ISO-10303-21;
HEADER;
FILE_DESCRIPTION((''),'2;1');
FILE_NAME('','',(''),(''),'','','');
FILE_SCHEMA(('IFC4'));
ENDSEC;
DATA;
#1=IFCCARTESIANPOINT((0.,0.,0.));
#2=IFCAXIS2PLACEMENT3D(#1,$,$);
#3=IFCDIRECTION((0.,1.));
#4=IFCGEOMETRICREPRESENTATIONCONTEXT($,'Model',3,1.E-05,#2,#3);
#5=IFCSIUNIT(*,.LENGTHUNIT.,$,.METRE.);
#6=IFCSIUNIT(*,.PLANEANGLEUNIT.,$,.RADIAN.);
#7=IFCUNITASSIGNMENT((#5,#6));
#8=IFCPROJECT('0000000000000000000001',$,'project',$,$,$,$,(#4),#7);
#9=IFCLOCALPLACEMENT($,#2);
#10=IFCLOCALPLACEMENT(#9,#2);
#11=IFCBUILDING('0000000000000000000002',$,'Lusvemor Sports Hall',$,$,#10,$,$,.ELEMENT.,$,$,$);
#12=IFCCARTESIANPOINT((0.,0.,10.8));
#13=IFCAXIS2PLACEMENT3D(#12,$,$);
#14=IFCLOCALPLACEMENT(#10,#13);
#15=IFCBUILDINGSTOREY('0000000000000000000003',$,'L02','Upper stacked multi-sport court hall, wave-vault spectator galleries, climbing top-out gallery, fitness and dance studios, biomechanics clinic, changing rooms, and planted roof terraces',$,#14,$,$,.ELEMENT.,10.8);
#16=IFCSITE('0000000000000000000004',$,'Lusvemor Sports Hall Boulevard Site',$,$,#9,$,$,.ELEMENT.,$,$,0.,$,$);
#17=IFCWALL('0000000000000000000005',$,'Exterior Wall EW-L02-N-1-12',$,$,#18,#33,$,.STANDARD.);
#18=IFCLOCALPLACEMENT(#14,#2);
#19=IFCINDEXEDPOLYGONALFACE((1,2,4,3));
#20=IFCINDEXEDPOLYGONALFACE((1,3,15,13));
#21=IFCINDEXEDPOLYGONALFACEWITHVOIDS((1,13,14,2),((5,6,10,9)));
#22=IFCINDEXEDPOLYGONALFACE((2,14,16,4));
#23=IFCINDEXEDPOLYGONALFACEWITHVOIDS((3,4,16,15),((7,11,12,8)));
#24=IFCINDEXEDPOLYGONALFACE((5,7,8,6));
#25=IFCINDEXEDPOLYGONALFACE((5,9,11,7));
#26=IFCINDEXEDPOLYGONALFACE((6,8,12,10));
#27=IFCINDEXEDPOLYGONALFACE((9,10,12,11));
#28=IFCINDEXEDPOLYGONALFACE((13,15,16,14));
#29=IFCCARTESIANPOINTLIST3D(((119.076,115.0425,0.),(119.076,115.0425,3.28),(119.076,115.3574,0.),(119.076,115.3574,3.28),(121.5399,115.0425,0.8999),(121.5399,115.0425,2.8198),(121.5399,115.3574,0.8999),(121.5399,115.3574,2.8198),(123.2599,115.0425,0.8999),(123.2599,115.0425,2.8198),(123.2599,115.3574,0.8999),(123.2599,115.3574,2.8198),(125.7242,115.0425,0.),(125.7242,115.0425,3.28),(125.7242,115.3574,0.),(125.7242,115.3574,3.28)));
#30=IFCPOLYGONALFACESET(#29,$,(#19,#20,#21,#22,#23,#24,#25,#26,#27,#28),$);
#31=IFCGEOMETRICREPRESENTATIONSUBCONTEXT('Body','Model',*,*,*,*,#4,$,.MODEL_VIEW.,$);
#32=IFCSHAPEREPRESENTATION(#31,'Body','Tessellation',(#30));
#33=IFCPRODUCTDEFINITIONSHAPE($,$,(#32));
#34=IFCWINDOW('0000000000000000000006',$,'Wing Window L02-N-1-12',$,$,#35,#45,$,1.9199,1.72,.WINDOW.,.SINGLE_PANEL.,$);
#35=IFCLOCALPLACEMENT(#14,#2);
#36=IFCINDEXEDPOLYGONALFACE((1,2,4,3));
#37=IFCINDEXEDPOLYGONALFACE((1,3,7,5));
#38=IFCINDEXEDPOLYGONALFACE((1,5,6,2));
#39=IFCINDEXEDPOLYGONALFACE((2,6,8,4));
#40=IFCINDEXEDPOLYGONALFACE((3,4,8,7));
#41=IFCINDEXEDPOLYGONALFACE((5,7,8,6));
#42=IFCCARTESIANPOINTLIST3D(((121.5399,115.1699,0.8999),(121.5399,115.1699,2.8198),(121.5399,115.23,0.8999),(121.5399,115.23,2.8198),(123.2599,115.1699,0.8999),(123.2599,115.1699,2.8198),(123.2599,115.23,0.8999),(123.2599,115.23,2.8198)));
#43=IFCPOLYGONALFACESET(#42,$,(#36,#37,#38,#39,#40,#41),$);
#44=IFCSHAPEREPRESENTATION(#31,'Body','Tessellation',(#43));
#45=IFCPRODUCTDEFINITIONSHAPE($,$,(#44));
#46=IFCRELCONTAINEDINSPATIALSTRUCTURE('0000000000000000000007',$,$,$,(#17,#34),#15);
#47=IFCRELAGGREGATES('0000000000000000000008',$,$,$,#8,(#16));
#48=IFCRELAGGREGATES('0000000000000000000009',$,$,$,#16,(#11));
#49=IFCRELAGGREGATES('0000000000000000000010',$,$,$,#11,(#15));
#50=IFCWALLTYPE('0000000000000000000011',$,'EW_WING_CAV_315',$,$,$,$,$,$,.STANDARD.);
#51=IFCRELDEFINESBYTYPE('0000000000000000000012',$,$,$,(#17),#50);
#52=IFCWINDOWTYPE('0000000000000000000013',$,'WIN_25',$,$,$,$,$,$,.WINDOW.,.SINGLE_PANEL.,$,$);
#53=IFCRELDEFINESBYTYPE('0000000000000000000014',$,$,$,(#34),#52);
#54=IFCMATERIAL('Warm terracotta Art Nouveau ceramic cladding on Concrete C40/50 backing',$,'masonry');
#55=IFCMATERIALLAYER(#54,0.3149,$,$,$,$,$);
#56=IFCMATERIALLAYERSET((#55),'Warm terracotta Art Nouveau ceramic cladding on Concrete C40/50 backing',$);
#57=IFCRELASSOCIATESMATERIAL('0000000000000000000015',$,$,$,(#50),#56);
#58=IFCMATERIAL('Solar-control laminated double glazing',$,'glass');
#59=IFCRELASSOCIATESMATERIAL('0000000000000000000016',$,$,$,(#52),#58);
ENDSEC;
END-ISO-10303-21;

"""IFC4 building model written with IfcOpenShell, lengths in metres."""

from ifc_helpers import new_model, si_unit, direction, frame, frame_2d, origin, place, context, subcontext, project, spatial, rectangle, extrude, material, layer, layer_set, type_object, element, fill, save


model = new_model("IFC4")

# Units and contexts
model_context = context("Model", 3, precision=1e-05, world=origin(), true_north=direction((0.0, 1.0)))
body_context = subcontext(model_context, "Body", "Model", "MODEL_VIEW")
ifc_project = project(units=[si_unit("LENGTHUNIT", "METRE"), si_unit("PLANEANGLEUNIT", "RADIAN")], contexts=[model_context])

# Site, building, storey
site_placement = place(None, origin())
site = spatial("IfcSite", under=ifc_project, at=site_placement, Name="Lusvemor Sports Hall Boulevard Site", CompositionType="ELEMENT", RefElevation=0.0)
building_placement = place(site_placement, origin())
building = spatial("IfcBuilding", under=site, at=building_placement, Name="Lusvemor Sports Hall", CompositionType="ELEMENT")
storey_placement = place(building_placement, frame((0.0, 0.0, 10.8)))
storey = spatial("IfcBuildingStorey", under=building, at=storey_placement, Name="L02", Description="Upper stacked multi-sport court hall, wave-vault spectator galleries, climbing top-out gallery, fitness and dance studios, biomechanics clinic, changing rooms, and planted roof terraces", CompositionType="ELEMENT", Elevation=10.8)

# Wall, opening, window
ifc_material_1 = material(Name="Warm terracotta Art Nouveau ceramic cladding on Concrete C40/50 backing", Category="masonry")
ifc_layer_1 = layer(ifc_material_1, 0.3149)
ifc_layer_set_1 = layer_set([ifc_layer_1], Name="Warm terracotta Art Nouveau ceramic cladding on Concrete C40/50 backing")
wall_type = type_object("IfcWallType", Name="EW_WING_CAV_315", PredefinedType="STANDARD", material=ifc_layer_set_1)
wall_placement = place(storey_placement, frame((119.0759, 115.2, 0.0), z_axis=(0.0, 0.0, 1.0), x_axis=(1.0, 0.0, 0.0)))
wall = element("IfcWall", 1, at=wall_placement, inside=storey, type_object=wall_type, Name="Exterior Wall EW-L02-N-1-12", PredefinedType="STANDARD", context=body_context, shape_type="SweptSolid", body=[
    extrude(rectangle(XDim=6.6482, YDim=0.3149, at=frame_2d((3.3242, 0.0))), origin(), (0.0, 0.0, 1.0), 3.28),
])
opening_placement = place(wall_placement, frame((2.4641, 0.0, 0.8999)))
opening = element("IfcOpeningElement", 2, at=opening_placement, cuts=wall, PredefinedType="OPENING", context=body_context, shape_type="SweptSolid", body=[
    extrude(rectangle(XDim=1.72, YDim=1.9199, at=frame_2d((0.8599, 0.96))), frame((0.0, 0.1575, 0.0), z_axis=(0.0, -1.0, 0.0), x_axis=(1.0, 0.0, 0.0)), (0.0, 0.0, 1.0), 0.3149),
])
ifc_material_2 = material(Name="Solar-control laminated double glazing", Category="glass")
window_type = type_object("IfcWindowType", Name="WIN_25", PartitioningType="SINGLE_PANEL", PredefinedType="WINDOW", material=ifc_material_2)
window_placement = place(opening_placement, origin())
window = element("IfcWindow", 3, at=window_placement, inside=storey, type_object=window_type, Name="Wing Window L02-N-1-12", OverallHeight=1.9199, OverallWidth=1.72, PartitioningType="SINGLE_PANEL", PredefinedType="WINDOW", context=body_context, shape_type="SweptSolid", body=[
    extrude(rectangle(XDim=1.72, YDim=1.9199, at=frame_2d((0.8599, 0.96))), frame((0.0, 0.03, 0.0), z_axis=(0.0, -1.0, 0.0), x_axis=(1.0, 0.0, 0.0)), (0.0, 0.0, 1.0), 0.0601),
])
fill(opening, window)

save(model, "model.ifc")
